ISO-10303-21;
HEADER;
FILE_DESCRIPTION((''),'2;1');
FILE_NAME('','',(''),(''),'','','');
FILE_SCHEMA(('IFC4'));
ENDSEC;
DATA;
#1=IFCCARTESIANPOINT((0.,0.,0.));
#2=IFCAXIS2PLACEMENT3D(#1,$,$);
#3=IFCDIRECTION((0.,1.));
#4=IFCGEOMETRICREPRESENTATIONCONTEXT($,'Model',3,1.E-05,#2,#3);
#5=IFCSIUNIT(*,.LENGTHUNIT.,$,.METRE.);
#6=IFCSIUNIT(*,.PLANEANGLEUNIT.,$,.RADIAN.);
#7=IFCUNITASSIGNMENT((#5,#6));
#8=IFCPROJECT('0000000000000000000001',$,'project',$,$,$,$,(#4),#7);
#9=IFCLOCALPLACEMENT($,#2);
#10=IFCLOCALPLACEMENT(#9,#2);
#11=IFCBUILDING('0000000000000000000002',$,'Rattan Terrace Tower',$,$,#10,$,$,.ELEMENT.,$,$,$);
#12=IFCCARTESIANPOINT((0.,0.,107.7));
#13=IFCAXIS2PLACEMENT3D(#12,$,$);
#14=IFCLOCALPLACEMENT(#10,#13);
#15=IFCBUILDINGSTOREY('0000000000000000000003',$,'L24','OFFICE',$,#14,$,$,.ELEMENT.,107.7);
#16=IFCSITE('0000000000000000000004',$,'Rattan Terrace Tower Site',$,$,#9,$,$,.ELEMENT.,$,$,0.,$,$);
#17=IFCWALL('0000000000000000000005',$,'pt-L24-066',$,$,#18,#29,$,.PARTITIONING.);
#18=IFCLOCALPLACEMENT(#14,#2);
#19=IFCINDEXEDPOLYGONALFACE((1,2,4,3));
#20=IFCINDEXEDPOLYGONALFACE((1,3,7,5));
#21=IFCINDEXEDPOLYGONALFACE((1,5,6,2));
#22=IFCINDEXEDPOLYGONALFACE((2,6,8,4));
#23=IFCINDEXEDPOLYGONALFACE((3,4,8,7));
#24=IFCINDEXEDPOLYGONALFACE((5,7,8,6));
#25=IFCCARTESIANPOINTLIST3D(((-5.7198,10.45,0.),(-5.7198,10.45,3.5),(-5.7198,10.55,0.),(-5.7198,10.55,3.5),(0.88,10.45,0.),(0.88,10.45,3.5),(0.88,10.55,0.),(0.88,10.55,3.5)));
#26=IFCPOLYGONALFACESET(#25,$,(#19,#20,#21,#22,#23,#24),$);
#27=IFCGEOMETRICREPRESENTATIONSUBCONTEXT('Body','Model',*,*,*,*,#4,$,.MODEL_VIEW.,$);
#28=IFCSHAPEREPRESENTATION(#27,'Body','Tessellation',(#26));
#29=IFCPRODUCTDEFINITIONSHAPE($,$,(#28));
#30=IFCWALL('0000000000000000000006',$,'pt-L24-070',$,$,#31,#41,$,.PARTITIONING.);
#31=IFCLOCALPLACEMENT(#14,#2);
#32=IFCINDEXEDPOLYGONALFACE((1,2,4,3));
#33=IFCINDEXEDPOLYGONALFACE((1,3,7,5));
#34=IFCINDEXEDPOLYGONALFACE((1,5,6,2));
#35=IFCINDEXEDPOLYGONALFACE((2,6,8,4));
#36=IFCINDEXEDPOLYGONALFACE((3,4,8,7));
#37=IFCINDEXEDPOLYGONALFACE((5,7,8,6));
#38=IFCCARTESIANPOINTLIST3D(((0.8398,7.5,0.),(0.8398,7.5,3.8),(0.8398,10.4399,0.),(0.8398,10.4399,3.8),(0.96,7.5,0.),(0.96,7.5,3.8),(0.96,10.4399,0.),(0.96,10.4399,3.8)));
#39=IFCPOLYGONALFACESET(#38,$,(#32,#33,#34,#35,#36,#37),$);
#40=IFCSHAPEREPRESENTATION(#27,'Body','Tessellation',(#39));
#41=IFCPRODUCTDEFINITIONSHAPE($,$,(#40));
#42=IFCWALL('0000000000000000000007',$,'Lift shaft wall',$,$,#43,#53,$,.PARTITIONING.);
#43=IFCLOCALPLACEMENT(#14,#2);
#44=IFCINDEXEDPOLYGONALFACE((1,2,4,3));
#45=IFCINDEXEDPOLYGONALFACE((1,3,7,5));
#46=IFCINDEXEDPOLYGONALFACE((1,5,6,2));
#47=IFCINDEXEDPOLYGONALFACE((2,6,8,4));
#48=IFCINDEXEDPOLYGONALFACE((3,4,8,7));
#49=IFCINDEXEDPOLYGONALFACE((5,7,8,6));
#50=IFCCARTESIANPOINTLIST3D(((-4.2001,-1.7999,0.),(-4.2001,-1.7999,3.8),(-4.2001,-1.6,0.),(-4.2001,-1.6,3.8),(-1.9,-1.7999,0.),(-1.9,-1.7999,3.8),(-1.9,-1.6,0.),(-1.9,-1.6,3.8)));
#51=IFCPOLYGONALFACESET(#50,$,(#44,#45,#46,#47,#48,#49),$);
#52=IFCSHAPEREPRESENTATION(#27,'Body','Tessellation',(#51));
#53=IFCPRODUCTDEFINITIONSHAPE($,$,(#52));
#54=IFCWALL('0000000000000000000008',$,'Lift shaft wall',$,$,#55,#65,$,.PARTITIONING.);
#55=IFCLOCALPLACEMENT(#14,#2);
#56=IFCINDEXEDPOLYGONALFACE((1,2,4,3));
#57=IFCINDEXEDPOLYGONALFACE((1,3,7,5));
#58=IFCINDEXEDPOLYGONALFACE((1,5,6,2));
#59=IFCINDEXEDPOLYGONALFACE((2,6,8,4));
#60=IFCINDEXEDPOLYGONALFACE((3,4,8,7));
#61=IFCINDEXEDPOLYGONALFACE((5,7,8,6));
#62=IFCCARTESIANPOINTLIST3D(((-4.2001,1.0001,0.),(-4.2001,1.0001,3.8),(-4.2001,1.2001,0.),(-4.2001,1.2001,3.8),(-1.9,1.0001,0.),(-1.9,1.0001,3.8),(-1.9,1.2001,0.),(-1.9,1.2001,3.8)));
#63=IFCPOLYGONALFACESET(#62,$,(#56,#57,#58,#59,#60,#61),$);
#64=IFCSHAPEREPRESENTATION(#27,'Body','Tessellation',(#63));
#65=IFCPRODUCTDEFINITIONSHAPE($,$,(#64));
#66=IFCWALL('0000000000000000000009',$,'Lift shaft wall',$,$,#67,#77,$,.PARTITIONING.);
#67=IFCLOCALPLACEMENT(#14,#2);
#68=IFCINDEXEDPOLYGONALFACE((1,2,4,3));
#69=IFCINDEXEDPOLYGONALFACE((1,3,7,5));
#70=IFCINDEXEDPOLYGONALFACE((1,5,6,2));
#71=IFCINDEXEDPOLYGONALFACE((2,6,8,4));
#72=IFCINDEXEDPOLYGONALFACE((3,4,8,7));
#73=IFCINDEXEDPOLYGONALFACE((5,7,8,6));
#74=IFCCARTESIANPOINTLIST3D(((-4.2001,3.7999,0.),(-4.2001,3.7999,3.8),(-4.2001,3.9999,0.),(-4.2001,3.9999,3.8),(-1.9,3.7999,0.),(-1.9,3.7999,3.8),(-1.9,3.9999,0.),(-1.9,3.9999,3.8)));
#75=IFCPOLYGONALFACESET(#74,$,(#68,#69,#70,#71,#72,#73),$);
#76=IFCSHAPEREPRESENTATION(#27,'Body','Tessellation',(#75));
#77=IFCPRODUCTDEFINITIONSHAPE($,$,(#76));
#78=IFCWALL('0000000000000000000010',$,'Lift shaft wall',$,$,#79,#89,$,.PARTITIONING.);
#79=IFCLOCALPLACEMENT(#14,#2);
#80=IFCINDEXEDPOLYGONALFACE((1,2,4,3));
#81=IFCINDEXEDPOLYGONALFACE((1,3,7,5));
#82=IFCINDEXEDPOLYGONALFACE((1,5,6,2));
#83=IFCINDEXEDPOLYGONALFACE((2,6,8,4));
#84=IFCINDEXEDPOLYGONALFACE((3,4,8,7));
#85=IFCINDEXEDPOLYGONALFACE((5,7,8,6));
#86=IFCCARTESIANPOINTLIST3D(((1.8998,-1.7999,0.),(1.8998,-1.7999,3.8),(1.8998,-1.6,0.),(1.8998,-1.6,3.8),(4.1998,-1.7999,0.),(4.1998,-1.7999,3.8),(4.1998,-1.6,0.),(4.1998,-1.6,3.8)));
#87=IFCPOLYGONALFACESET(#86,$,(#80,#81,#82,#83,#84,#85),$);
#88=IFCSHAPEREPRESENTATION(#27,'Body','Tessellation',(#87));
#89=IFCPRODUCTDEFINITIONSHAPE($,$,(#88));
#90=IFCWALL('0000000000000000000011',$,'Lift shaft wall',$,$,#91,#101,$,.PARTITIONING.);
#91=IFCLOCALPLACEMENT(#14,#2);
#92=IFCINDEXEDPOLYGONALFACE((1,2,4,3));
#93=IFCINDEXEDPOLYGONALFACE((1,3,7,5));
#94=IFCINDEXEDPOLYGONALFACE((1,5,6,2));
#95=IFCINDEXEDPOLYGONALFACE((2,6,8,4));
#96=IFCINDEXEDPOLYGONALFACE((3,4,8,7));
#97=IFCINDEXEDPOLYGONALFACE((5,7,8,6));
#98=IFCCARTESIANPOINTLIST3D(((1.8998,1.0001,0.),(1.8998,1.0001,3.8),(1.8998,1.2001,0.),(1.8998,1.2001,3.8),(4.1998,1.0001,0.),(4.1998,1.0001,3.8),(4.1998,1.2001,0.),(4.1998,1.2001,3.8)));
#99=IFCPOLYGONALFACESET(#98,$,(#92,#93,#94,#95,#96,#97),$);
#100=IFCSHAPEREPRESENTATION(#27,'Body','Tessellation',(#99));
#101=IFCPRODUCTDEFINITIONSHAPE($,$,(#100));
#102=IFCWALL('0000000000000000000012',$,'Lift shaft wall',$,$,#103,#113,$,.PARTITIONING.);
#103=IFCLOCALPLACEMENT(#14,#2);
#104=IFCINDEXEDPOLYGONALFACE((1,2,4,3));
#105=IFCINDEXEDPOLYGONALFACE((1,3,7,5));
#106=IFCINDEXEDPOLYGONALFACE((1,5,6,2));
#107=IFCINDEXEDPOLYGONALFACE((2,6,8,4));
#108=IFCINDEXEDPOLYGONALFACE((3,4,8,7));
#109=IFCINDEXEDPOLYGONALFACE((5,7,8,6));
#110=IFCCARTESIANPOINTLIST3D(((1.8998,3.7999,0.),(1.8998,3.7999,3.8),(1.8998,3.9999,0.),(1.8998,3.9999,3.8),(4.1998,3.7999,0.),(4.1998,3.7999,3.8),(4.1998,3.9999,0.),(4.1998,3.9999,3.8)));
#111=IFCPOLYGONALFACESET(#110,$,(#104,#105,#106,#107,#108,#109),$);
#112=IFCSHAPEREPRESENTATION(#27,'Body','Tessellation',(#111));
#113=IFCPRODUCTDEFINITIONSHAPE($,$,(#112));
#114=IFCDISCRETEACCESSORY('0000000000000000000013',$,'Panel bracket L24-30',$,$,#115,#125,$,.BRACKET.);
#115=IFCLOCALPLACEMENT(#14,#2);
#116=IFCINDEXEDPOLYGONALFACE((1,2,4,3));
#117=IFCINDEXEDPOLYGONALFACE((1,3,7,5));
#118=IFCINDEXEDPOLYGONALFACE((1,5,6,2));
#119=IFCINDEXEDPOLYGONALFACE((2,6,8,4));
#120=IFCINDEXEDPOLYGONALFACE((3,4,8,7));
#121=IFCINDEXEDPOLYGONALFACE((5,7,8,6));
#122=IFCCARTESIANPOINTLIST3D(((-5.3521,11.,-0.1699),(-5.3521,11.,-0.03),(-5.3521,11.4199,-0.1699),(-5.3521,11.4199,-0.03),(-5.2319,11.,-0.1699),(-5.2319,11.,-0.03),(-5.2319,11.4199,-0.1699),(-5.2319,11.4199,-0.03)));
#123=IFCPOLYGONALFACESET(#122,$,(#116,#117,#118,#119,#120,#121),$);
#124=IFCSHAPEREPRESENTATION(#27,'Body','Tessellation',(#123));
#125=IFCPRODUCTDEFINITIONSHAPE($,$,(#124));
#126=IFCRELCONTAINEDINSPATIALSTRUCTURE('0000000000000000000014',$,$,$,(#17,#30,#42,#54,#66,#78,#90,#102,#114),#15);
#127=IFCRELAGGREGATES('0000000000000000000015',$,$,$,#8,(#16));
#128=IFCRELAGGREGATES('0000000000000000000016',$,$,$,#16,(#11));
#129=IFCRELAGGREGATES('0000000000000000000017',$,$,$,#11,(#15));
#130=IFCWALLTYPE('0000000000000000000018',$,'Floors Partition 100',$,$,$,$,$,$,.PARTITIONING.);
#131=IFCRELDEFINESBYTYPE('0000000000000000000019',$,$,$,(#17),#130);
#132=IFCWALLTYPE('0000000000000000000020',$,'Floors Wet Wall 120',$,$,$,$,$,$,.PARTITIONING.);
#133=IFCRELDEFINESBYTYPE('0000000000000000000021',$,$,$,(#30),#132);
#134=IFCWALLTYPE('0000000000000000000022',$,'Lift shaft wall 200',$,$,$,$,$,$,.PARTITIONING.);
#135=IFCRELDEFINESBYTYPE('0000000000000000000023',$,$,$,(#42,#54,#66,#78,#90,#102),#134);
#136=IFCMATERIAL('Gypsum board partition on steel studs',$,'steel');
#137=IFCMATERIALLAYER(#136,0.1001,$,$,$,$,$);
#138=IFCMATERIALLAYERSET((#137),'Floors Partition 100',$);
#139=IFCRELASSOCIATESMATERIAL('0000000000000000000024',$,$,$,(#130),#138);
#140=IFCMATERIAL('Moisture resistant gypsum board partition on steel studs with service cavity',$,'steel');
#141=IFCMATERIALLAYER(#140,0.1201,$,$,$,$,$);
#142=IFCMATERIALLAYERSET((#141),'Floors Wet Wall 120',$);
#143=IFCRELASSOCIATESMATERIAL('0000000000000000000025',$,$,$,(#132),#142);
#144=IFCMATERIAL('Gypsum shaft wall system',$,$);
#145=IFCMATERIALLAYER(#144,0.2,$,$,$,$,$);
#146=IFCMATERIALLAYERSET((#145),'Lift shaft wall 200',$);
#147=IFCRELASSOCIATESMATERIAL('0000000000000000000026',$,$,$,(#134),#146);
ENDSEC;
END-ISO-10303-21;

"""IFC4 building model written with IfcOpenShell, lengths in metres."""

from ifc_helpers import new_model, si_unit, direction, frame, frame_2d, origin, origin_2d, place, context, subcontext, project, spatial, rectangle, extrude, material, layer, layer_set, type_object, element, save


model = new_model("IFC4")

# Units and contexts
model_context = context("Model", 3, precision=1e-05, world=origin(), true_north=direction((0.0, 1.0)))
body_context = subcontext(model_context, "Body", "Model", "MODEL_VIEW")
ifc_project = project(units=[si_unit("LENGTHUNIT", "METRE"), si_unit("PLANEANGLEUNIT", "RADIAN")], contexts=[model_context])

# Site, building, storey
site_placement = place(None, origin())
site = spatial("IfcSite", under=ifc_project, at=site_placement, Name="Rattan Terrace Tower Site", CompositionType="ELEMENT", RefElevation=0.0)
building_placement = place(site_placement, origin())
building = spatial("IfcBuilding", under=site, at=building_placement, Name="Rattan Terrace Tower", CompositionType="ELEMENT")
storey_placement = place(building_placement, frame((0.0, 0.0, 107.7)))
storey = spatial("IfcBuildingStorey", under=building, at=storey_placement, Name="L24", Description="OFFICE", CompositionType="ELEMENT", Elevation=107.7)

# Walls
ifc_material_1 = material(Name="Gypsum board partition on steel studs", Category="steel")
ifc_layer_1 = layer(ifc_material_1, 0.1001)
ifc_layer_set_1 = layer_set([ifc_layer_1], Name="Floors Partition 100")
wall_type_1 = type_object("IfcWallType", Name="Floors Partition 100", PredefinedType="PARTITIONING", material=ifc_layer_set_1)
wall_1_placement = place(storey_placement, frame((0.8799, 10.5, 0.0), z_axis=(0.0, 0.0, 1.0), x_axis=(-1.0, 0.0, 0.0)))
element("IfcWall", 1, at=wall_1_placement, inside=storey, type_object=wall_type_1, Name="pt-L24-066", PredefinedType="PARTITIONING", context=body_context, shape_type="SweptSolid", body=[
    extrude(rectangle(XDim=6.5999, YDim=0.1001, at=frame_2d((3.2998, 0.0))), origin(), (0.0, 0.0, 1.0), 3.5),
])
ifc_material_2 = material(Name="Moisture resistant gypsum board partition on steel studs with service cavity", Category="steel")
ifc_layer_2 = layer(ifc_material_2, 0.1201)
ifc_layer_set_2 = layer_set([ifc_layer_2], Name="Floors Wet Wall 120")
wall_type_2 = type_object("IfcWallType", Name="Floors Wet Wall 120", PredefinedType="PARTITIONING", material=ifc_layer_set_2)
wall_2_placement = place(storey_placement, frame((0.8999, 10.4399, 0.0), z_axis=(0.0, 0.0, 1.0), x_axis=(0.0, -1.0, 0.0)))
element("IfcWall", 2, at=wall_2_placement, inside=storey, type_object=wall_type_2, Name="pt-L24-070", PredefinedType="PARTITIONING", context=body_context, shape_type="SweptSolid", body=[
    extrude(rectangle(XDim=2.9399, YDim=0.1201, at=frame_2d((1.47, 0.0))), origin(), (0.0, 0.0, 1.0), 3.8),
])
ifc_material_3 = material(Name="Gypsum shaft wall system")
ifc_layer_3 = layer(ifc_material_3, 0.2)
ifc_layer_set_3 = layer_set([ifc_layer_3], Name="Lift shaft wall 200")
wall_type_3 = type_object("IfcWallType", Name="Lift shaft wall 200", PredefinedType="PARTITIONING", material=ifc_layer_set_3)
for number, where, z_axis, x_axis, name in (
    (3, (-4.2, -1.7, 0.0), (0.0, 0.0, 1.0), (1.0, 0.0, 0.0), "Lift shaft wall"),
    (4, (-4.2, 1.1001, 0.0), (0.0, 0.0, 1.0), (1.0, 0.0, 0.0), "Lift shaft wall"),
    (5, (-4.2, 3.8999, 0.0), (0.0, 0.0, 1.0), (1.0, 0.0, 0.0), "Lift shaft wall"),
    (6, (1.8999, -1.7, 0.0), (0.0, 0.0, 1.0), (1.0, 0.0, 0.0), "Lift shaft wall"),
    (7, (1.8999, 1.1001, 0.0), (0.0, 0.0, 1.0), (1.0, 0.0, 0.0), "Lift shaft wall"),
    (8, (1.8999, 3.8999, 0.0), (0.0, 0.0, 1.0), (1.0, 0.0, 0.0), "Lift shaft wall"),
):
    element("IfcWall", number, at=place(storey_placement, frame(where, z_axis=z_axis, x_axis=x_axis)), inside=storey, type_object=wall_type_3, Name=name, PredefinedType="PARTITIONING", context=body_context, shape_type="SweptSolid", body=[
        extrude(rectangle(XDim=2.3, YDim=0.2, at=frame_2d((1.1499, 0.0))), origin(), (0.0, 0.0, 1.0), 3.8),
    ])

# Discrete accessory
discrete_accessory_placement = place(storey_placement, frame((-5.292, 11.21, -0.1699), z_axis=(0.0, 0.0, 1.0), x_axis=(-1.0, 0.0, 0.0)))
element("IfcDiscreteAccessory", 9, at=discrete_accessory_placement, inside=storey, Name="Panel bracket L24-30", PredefinedType="BRACKET", context=body_context, shape_type="SweptSolid", body=[
    extrude(rectangle(XDim=0.1201, YDim=0.4199, at=origin_2d()), origin(), (0.0, 0.0, 1.0), 0.1399),
])

save(model, "model.ifc")
